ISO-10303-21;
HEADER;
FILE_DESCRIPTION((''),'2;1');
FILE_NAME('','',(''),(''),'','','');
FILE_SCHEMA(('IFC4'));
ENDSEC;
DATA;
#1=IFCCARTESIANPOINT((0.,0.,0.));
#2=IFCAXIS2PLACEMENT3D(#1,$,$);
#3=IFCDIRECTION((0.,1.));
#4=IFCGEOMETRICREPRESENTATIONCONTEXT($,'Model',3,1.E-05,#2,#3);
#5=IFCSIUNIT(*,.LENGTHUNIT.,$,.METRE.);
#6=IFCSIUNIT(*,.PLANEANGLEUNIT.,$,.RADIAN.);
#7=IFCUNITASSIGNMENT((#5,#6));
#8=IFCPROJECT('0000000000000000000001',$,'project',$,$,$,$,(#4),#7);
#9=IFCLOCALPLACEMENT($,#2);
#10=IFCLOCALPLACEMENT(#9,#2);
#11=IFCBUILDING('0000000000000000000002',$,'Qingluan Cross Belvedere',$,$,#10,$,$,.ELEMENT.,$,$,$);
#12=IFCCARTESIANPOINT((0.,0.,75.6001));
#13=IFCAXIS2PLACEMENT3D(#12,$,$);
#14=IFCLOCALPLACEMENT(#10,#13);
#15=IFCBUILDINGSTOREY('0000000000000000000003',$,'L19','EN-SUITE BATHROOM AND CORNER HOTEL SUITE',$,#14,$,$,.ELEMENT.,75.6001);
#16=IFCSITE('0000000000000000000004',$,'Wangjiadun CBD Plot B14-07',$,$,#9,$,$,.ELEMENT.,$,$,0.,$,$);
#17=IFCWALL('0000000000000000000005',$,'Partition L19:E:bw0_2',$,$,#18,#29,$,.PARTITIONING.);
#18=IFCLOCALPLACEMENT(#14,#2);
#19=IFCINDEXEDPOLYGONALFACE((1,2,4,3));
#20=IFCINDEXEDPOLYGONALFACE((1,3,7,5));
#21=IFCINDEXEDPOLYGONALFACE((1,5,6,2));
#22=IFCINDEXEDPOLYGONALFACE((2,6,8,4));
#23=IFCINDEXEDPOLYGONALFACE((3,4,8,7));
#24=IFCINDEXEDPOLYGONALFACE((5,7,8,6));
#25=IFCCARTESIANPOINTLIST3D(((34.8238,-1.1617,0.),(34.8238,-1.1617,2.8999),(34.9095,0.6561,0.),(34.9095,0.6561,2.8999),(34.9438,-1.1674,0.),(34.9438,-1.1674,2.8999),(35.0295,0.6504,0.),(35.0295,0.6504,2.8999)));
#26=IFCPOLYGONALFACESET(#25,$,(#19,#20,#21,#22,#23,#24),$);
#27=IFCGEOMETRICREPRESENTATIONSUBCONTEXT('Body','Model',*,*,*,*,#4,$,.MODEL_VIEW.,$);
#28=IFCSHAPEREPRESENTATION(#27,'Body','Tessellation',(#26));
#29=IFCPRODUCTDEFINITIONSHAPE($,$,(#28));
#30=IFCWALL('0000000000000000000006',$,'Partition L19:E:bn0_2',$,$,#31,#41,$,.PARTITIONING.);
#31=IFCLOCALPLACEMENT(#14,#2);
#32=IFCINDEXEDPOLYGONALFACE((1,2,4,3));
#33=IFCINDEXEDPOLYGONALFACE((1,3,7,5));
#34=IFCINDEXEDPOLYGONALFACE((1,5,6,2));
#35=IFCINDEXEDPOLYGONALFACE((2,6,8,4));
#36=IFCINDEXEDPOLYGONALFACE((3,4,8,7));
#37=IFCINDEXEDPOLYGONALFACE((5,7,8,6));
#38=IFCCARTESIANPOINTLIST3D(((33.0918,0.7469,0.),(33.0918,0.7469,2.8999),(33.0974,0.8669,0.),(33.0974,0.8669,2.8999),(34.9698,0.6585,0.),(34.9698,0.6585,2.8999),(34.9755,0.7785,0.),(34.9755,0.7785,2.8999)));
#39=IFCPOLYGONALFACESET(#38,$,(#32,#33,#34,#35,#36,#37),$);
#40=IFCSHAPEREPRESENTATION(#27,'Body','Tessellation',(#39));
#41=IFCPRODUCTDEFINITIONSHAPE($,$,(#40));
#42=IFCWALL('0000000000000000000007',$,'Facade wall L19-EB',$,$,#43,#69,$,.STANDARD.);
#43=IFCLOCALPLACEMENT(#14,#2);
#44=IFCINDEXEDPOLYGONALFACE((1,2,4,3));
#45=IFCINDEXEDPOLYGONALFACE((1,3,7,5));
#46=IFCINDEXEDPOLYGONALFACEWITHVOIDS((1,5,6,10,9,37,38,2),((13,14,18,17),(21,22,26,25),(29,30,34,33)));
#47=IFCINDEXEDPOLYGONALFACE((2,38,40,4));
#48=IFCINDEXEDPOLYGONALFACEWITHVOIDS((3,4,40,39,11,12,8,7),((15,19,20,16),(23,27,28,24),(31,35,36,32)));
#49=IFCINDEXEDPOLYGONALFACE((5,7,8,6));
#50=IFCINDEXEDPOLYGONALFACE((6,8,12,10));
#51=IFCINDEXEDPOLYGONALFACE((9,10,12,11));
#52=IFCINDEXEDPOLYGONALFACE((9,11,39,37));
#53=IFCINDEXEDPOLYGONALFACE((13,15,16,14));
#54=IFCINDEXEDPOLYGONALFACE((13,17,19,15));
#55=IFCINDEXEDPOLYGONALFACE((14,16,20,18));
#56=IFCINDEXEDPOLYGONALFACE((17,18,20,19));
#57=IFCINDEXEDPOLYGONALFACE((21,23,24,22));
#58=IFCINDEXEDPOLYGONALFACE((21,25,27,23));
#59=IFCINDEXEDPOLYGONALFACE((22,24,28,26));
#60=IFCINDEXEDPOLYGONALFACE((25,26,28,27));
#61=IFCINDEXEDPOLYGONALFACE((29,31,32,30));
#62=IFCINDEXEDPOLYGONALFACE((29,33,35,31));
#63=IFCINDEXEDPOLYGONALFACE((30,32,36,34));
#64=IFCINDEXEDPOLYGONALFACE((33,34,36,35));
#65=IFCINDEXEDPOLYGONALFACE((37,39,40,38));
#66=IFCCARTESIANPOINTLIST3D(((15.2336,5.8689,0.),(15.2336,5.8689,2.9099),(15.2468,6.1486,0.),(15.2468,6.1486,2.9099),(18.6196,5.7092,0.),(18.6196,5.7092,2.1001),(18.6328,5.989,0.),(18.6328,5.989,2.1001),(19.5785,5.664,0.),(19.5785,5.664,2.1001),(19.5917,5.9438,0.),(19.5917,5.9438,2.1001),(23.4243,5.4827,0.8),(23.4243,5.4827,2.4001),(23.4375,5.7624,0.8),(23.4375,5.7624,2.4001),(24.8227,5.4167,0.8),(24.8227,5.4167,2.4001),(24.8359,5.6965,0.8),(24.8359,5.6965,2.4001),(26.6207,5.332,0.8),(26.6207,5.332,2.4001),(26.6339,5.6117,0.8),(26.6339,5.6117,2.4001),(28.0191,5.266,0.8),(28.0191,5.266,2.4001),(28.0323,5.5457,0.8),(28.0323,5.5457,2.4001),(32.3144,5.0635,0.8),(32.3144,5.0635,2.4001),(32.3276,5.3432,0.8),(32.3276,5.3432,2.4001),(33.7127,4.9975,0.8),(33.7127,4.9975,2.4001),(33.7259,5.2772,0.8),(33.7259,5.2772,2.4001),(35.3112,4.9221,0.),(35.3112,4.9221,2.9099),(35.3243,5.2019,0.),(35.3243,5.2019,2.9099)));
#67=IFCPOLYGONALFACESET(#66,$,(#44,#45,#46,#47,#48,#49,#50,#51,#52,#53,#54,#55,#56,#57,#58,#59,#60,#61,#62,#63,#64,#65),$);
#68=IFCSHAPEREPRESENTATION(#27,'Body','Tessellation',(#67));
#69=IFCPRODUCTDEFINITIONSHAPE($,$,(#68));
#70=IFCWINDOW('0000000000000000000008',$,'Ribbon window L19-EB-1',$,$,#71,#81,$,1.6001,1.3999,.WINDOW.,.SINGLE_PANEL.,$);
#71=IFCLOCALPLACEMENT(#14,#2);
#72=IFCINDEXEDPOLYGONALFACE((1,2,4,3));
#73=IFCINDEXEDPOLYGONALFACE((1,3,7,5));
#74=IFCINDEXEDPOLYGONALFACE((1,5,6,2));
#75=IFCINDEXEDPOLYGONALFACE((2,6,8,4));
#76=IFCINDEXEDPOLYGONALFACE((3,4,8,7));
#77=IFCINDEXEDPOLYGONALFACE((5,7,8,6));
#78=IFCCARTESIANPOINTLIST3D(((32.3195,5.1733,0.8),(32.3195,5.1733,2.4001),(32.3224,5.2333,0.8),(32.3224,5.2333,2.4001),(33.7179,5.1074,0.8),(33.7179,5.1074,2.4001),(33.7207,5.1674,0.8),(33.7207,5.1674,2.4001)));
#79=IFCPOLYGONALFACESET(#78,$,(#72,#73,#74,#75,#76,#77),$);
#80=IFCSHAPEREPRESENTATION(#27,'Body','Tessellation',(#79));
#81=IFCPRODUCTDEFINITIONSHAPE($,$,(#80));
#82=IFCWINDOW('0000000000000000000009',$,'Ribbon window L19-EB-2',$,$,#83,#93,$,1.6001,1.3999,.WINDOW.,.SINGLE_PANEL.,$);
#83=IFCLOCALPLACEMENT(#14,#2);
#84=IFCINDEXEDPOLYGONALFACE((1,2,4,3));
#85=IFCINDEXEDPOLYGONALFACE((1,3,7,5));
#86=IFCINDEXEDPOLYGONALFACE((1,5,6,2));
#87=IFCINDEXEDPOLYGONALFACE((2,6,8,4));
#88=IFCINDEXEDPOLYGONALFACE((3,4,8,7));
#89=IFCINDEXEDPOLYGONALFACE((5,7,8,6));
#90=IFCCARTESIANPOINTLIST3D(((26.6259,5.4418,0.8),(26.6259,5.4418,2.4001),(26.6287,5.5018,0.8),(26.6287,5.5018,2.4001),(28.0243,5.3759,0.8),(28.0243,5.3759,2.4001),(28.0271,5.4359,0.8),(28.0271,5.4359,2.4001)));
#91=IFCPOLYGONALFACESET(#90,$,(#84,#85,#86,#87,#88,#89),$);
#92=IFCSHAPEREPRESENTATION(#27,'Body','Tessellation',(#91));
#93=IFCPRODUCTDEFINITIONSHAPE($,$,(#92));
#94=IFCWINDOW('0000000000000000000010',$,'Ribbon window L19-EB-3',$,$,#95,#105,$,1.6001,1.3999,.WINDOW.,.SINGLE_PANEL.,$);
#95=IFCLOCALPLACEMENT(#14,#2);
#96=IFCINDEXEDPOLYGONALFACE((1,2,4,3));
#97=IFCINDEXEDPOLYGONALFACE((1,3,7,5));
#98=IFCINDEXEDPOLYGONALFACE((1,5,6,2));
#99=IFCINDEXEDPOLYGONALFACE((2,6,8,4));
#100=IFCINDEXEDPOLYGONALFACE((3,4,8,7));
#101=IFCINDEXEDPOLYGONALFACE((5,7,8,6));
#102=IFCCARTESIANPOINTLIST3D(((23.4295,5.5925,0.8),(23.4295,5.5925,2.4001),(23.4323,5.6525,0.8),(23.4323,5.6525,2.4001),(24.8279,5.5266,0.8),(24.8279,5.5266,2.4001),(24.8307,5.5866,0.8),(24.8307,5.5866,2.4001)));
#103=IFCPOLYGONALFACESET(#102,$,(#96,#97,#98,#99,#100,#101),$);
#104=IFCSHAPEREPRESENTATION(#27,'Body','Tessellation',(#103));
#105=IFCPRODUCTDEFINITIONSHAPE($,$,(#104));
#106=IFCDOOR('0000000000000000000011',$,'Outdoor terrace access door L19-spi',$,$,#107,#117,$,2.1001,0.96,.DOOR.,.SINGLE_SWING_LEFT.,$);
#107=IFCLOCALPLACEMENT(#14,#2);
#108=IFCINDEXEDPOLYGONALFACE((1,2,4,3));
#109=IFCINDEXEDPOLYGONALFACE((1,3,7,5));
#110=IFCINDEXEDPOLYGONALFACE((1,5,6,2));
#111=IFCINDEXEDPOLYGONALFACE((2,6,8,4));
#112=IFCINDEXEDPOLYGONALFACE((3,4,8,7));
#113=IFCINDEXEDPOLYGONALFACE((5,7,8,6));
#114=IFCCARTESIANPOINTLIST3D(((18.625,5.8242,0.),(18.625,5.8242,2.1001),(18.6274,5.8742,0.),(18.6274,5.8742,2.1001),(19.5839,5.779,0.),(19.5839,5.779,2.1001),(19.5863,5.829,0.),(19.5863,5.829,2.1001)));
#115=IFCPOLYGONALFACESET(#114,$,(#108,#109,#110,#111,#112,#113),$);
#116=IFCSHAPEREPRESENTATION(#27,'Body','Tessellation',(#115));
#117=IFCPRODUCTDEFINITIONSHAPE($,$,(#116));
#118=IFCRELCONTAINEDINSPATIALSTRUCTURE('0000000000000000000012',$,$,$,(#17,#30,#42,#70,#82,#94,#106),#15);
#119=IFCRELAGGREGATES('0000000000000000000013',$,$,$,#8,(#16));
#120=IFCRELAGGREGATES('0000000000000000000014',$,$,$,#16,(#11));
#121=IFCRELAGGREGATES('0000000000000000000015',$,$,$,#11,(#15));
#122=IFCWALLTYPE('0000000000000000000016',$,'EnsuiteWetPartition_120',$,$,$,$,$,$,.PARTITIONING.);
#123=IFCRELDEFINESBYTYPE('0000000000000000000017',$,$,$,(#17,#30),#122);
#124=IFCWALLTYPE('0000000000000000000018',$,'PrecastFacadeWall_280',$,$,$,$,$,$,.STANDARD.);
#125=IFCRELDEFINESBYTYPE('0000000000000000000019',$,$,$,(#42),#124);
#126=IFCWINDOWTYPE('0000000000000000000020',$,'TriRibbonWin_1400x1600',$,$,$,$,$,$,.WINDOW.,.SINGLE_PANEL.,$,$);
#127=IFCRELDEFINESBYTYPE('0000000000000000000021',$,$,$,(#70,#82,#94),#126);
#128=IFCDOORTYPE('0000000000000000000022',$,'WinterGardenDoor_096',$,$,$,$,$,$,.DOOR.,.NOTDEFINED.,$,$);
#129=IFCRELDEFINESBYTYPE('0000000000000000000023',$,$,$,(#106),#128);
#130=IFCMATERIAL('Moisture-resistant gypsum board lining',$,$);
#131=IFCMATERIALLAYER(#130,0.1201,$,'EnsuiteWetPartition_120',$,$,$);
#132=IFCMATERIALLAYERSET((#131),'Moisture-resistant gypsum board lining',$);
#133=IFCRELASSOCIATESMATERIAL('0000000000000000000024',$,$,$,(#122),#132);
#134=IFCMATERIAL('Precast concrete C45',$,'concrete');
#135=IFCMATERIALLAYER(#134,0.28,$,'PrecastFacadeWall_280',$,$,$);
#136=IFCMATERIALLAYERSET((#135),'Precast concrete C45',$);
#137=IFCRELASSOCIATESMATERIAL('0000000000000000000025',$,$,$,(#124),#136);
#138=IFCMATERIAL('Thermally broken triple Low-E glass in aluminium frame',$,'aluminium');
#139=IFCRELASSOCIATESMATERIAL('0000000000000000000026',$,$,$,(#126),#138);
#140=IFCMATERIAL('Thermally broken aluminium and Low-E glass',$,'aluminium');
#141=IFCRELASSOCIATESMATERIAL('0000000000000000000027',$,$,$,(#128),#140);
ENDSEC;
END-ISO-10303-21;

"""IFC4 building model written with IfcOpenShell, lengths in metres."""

from ifc_helpers import new_model, si_unit, direction, frame, frame_2d, origin, place, context, subcontext, project, spatial, rectangle, extrude, material, layer, layer_set, type_object, element, fill, save


model = new_model("IFC4")

# Units and contexts
model_context = context("Model", 3, precision=1e-05, world=origin(), true_north=direction((0.0, 1.0)))
body_context = subcontext(model_context, "Body", "Model", "MODEL_VIEW")
ifc_project = project(units=[si_unit("LENGTHUNIT", "METRE"), si_unit("PLANEANGLEUNIT", "RADIAN")], contexts=[model_context])

# Site, building, storey
site_placement = place(None, origin())
site = spatial("IfcSite", under=ifc_project, at=site_placement, Name="Wangjiadun CBD Plot B14-07", CompositionType="ELEMENT", RefElevation=0.0)
building_placement = place(site_placement, origin())
building = spatial("IfcBuilding", under=site, at=building_placement, Name="Qingluan Cross Belvedere", CompositionType="ELEMENT")
storey_placement = place(building_placement, frame((0.0, 0.0, 75.6001)))
storey = spatial("IfcBuildingStorey", under=building, at=storey_placement, Name="L19", Description="EN-SUITE BATHROOM AND CORNER HOTEL SUITE", CompositionType="ELEMENT", Elevation=75.6001)

# Shared definitions
ifc_material_1 = material(Name="Moisture-resistant gypsum board lining")
ifc_layer_1 = layer(ifc_material_1, 0.1201, Name="EnsuiteWetPartition_120")
ifc_layer_set_1 = layer_set([ifc_layer_1], Name="Moisture-resistant gypsum board lining")
wall_type_1 = type_object("IfcWallType", Name="EnsuiteWetPartition_120", PredefinedType="PARTITIONING", material=ifc_layer_set_1)

# Walls
wall_1_placement = place(storey_placement, frame((34.8838, -1.1646, 0.0), z_axis=(0.0, 0.0, 1.0), x_axis=(0.047087, 0.998891, 0.0)))
element("IfcWall", 1, at=wall_1_placement, inside=storey, type_object=wall_type_1, Name="Partition L19:E:bw0_2", PredefinedType="PARTITIONING", context=body_context, shape_type="SweptSolid", body=[
    extrude(rectangle(XDim=1.8198, YDim=0.1201, at=frame_2d((0.9099, 0.0))), origin(), (0.0, 0.0, 1.0), 2.8999),
])
wall_2_placement = place(storey_placement, frame((33.0947, 0.8069, 0.0), z_axis=(0.0, 0.0, 1.0), x_axis=(0.998894, -0.04701, 0.0)))
element("IfcWall", 2, at=wall_2_placement, inside=storey, type_object=wall_type_1, Name="Partition L19:E:bn0_2", PredefinedType="PARTITIONING", context=body_context, shape_type="SweptSolid", body=[
    extrude(rectangle(XDim=1.8801, YDim=0.1201, at=frame_2d((0.9399, 0.0))), origin(), (0.0, 0.0, 1.0), 2.8999),
])

# Wall, openings, windows, door
ifc_material_2 = material(Name="Precast concrete C45", Category="concrete")
ifc_layer_2 = layer(ifc_material_2, 0.28, Name="PrecastFacadeWall_280")
ifc_layer_set_2 = layer_set([ifc_layer_2], Name="Precast concrete C45")
wall_type_2 = type_object("IfcWallType", Name="PrecastFacadeWall_280", PredefinedType="STANDARD", material=ifc_layer_set_2)
wall_3_placement = place(storey_placement, frame((35.3176, 5.062, 0.0), z_axis=(0.0, 0.0, 1.0), x_axis=(-0.99889, 0.047103, 0.0)))
wall_3 = element("IfcWall", 3, at=wall_3_placement, inside=storey, type_object=wall_type_2, Name="Facade wall L19-EB", PredefinedType="STANDARD", context=body_context, shape_type="SweptSolid", body=[
    extrude(rectangle(XDim=20.0999, YDim=0.28, at=frame_2d((10.0498, 0.0))), origin(), (0.0, 0.0, 1.0), 2.9099),
])
opening_1_placement = place(wall_3_placement, frame((1.6001, 0.0, 0.8)))
opening_1 = element("IfcOpeningElement", 4, at=opening_1_placement, cuts=wall_3, PredefinedType="OPENING", context=body_context, shape_type="SweptSolid", body=[
    extrude(rectangle(XDim=1.3999, YDim=1.6001, at=frame_2d((0.7, 0.8))), frame((0.0, 0.1499, 0.0), z_axis=(0.0, -1.0, 0.0), x_axis=(1.0, 0.0, 0.0)), (0.0, 0.0, 1.0), 0.3),
])
opening_2_placement = place(wall_3_placement, frame((7.3, 0.0, 0.8)))
opening_2 = element("IfcOpeningElement", 5, at=opening_2_placement, cuts=wall_3, PredefinedType="OPENING", context=body_context, shape_type="SweptSolid", body=[
    extrude(rectangle(XDim=1.3999, YDim=1.6001, at=frame_2d((0.7, 0.8))), frame((0.0, 0.1499, 0.0), z_axis=(0.0, -1.0, 0.0), x_axis=(1.0, 0.0, 0.0)), (0.0, 0.0, 1.0), 0.3),
])
opening_3_placement = place(wall_3_placement, frame((10.5, 0.0, 0.8)))
opening_3 = element("IfcOpeningElement", 6, at=opening_3_placement, cuts=wall_3, PredefinedType="OPENING", context=body_context, shape_type="SweptSolid", body=[
    extrude(rectangle(XDim=1.3999, YDim=1.6001, at=frame_2d((0.7, 0.8))), frame((0.0, 0.1499, 0.0), z_axis=(0.0, -1.0, 0.0), x_axis=(1.0, 0.0, 0.0)), (0.0, 0.0, 1.0), 0.3),
])
opening_4_placement = place(wall_3_placement, frame((15.75, 0.0, 0.0)))
opening_4 = element("IfcOpeningElement", 7, at=opening_4_placement, cuts=wall_3, PredefinedType="OPENING", context=body_context, shape_type="SweptSolid", body=[
    extrude(rectangle(XDim=0.96, YDim=2.1001, at=frame_2d((0.48, 1.05))), frame((0.0, 0.1499, 0.0), z_axis=(0.0, -1.0, 0.0), x_axis=(1.0, 0.0, 0.0)), (0.0, 0.0, 1.0), 0.3),
])
ifc_material_3 = material(Name="Thermally broken triple Low-E glass in aluminium frame", Category="aluminium")
window_type = type_object("IfcWindowType", Name="TriRibbonWin_1400x1600", PartitioningType="SINGLE_PANEL", PredefinedType="WINDOW", material=ifc_material_3)
window_1_placement = place(opening_1_placement, origin())
window_1 = element("IfcWindow", 8, at=window_1_placement, inside=storey, type_object=window_type, Name="Ribbon window L19-EB-1", OverallHeight=1.6001, OverallWidth=1.3999, PartitioningType="SINGLE_PANEL", PredefinedType="WINDOW", context=body_context, shape_type="SweptSolid", body=[
    extrude(rectangle(XDim=1.3999, YDim=1.6001, at=frame_2d((0.7, 0.8))), frame((0.0, 0.03, 0.0), z_axis=(0.0, -1.0, 0.0), x_axis=(1.0, 0.0, 0.0)), (0.0, 0.0, 1.0), 0.0601),
])
fill(opening_1, window_1)
window_2_placement = place(opening_2_placement, origin())
window_2 = element("IfcWindow", 9, at=window_2_placement, inside=storey, type_object=window_type, Name="Ribbon window L19-EB-2", OverallHeight=1.6001, OverallWidth=1.3999, PartitioningType="SINGLE_PANEL", PredefinedType="WINDOW", context=body_context, shape_type="SweptSolid", body=[
    extrude(rectangle(XDim=1.3999, YDim=1.6001, at=frame_2d((0.7, 0.8))), frame((0.0, 0.03, 0.0), z_axis=(0.0, -1.0, 0.0), x_axis=(1.0, 0.0, 0.0)), (0.0, 0.0, 1.0), 0.0601),
])
fill(opening_2, window_2)
window_3_placement = place(opening_3_placement, origin())
window_3 = element("IfcWindow", 10, at=window_3_placement, inside=storey, type_object=window_type, Name="Ribbon window L19-EB-3", OverallHeight=1.6001, OverallWidth=1.3999, PartitioningType="SINGLE_PANEL", PredefinedType="WINDOW", context=body_context, shape_type="SweptSolid", body=[
    extrude(rectangle(XDim=1.3999, YDim=1.6001, at=frame_2d((0.7, 0.8))), frame((0.0, 0.03, 0.0), z_axis=(0.0, -1.0, 0.0), x_axis=(1.0, 0.0, 0.0)), (0.0, 0.0, 1.0), 0.0601),
])
fill(opening_3, window_3)
ifc_material_4 = material(Name="Thermally broken aluminium and Low-E glass", Category="aluminium")
door_type_1 = type_object("IfcDoorType", Name="WinterGardenDoor_096", OperationType="NOTDEFINED", PredefinedType="DOOR", material=ifc_material_4)
door_1_placement = place(opening_4_placement, origin())
door_1 = element("IfcDoor", 11, at=door_1_placement, inside=storey, type_object=door_type_1, Name="Outdoor terrace access door L19-spi", OperationType="SINGLE_SWING_LEFT", OverallHeight=2.1001, OverallWidth=0.96, PredefinedType="DOOR", context=body_context, shape_type="SweptSolid", body=[
    extrude(rectangle(XDim=0.96, YDim=2.1001, at=frame_2d((0.48, 1.05))), frame((0.0, 0.0249, 0.0), z_axis=(0.0, -1.0, 0.0), x_axis=(1.0, 0.0, 0.0)), (0.0, 0.0, 1.0), 0.05),
])
fill(opening_4, door_1)

save(model, "model.ifc")
